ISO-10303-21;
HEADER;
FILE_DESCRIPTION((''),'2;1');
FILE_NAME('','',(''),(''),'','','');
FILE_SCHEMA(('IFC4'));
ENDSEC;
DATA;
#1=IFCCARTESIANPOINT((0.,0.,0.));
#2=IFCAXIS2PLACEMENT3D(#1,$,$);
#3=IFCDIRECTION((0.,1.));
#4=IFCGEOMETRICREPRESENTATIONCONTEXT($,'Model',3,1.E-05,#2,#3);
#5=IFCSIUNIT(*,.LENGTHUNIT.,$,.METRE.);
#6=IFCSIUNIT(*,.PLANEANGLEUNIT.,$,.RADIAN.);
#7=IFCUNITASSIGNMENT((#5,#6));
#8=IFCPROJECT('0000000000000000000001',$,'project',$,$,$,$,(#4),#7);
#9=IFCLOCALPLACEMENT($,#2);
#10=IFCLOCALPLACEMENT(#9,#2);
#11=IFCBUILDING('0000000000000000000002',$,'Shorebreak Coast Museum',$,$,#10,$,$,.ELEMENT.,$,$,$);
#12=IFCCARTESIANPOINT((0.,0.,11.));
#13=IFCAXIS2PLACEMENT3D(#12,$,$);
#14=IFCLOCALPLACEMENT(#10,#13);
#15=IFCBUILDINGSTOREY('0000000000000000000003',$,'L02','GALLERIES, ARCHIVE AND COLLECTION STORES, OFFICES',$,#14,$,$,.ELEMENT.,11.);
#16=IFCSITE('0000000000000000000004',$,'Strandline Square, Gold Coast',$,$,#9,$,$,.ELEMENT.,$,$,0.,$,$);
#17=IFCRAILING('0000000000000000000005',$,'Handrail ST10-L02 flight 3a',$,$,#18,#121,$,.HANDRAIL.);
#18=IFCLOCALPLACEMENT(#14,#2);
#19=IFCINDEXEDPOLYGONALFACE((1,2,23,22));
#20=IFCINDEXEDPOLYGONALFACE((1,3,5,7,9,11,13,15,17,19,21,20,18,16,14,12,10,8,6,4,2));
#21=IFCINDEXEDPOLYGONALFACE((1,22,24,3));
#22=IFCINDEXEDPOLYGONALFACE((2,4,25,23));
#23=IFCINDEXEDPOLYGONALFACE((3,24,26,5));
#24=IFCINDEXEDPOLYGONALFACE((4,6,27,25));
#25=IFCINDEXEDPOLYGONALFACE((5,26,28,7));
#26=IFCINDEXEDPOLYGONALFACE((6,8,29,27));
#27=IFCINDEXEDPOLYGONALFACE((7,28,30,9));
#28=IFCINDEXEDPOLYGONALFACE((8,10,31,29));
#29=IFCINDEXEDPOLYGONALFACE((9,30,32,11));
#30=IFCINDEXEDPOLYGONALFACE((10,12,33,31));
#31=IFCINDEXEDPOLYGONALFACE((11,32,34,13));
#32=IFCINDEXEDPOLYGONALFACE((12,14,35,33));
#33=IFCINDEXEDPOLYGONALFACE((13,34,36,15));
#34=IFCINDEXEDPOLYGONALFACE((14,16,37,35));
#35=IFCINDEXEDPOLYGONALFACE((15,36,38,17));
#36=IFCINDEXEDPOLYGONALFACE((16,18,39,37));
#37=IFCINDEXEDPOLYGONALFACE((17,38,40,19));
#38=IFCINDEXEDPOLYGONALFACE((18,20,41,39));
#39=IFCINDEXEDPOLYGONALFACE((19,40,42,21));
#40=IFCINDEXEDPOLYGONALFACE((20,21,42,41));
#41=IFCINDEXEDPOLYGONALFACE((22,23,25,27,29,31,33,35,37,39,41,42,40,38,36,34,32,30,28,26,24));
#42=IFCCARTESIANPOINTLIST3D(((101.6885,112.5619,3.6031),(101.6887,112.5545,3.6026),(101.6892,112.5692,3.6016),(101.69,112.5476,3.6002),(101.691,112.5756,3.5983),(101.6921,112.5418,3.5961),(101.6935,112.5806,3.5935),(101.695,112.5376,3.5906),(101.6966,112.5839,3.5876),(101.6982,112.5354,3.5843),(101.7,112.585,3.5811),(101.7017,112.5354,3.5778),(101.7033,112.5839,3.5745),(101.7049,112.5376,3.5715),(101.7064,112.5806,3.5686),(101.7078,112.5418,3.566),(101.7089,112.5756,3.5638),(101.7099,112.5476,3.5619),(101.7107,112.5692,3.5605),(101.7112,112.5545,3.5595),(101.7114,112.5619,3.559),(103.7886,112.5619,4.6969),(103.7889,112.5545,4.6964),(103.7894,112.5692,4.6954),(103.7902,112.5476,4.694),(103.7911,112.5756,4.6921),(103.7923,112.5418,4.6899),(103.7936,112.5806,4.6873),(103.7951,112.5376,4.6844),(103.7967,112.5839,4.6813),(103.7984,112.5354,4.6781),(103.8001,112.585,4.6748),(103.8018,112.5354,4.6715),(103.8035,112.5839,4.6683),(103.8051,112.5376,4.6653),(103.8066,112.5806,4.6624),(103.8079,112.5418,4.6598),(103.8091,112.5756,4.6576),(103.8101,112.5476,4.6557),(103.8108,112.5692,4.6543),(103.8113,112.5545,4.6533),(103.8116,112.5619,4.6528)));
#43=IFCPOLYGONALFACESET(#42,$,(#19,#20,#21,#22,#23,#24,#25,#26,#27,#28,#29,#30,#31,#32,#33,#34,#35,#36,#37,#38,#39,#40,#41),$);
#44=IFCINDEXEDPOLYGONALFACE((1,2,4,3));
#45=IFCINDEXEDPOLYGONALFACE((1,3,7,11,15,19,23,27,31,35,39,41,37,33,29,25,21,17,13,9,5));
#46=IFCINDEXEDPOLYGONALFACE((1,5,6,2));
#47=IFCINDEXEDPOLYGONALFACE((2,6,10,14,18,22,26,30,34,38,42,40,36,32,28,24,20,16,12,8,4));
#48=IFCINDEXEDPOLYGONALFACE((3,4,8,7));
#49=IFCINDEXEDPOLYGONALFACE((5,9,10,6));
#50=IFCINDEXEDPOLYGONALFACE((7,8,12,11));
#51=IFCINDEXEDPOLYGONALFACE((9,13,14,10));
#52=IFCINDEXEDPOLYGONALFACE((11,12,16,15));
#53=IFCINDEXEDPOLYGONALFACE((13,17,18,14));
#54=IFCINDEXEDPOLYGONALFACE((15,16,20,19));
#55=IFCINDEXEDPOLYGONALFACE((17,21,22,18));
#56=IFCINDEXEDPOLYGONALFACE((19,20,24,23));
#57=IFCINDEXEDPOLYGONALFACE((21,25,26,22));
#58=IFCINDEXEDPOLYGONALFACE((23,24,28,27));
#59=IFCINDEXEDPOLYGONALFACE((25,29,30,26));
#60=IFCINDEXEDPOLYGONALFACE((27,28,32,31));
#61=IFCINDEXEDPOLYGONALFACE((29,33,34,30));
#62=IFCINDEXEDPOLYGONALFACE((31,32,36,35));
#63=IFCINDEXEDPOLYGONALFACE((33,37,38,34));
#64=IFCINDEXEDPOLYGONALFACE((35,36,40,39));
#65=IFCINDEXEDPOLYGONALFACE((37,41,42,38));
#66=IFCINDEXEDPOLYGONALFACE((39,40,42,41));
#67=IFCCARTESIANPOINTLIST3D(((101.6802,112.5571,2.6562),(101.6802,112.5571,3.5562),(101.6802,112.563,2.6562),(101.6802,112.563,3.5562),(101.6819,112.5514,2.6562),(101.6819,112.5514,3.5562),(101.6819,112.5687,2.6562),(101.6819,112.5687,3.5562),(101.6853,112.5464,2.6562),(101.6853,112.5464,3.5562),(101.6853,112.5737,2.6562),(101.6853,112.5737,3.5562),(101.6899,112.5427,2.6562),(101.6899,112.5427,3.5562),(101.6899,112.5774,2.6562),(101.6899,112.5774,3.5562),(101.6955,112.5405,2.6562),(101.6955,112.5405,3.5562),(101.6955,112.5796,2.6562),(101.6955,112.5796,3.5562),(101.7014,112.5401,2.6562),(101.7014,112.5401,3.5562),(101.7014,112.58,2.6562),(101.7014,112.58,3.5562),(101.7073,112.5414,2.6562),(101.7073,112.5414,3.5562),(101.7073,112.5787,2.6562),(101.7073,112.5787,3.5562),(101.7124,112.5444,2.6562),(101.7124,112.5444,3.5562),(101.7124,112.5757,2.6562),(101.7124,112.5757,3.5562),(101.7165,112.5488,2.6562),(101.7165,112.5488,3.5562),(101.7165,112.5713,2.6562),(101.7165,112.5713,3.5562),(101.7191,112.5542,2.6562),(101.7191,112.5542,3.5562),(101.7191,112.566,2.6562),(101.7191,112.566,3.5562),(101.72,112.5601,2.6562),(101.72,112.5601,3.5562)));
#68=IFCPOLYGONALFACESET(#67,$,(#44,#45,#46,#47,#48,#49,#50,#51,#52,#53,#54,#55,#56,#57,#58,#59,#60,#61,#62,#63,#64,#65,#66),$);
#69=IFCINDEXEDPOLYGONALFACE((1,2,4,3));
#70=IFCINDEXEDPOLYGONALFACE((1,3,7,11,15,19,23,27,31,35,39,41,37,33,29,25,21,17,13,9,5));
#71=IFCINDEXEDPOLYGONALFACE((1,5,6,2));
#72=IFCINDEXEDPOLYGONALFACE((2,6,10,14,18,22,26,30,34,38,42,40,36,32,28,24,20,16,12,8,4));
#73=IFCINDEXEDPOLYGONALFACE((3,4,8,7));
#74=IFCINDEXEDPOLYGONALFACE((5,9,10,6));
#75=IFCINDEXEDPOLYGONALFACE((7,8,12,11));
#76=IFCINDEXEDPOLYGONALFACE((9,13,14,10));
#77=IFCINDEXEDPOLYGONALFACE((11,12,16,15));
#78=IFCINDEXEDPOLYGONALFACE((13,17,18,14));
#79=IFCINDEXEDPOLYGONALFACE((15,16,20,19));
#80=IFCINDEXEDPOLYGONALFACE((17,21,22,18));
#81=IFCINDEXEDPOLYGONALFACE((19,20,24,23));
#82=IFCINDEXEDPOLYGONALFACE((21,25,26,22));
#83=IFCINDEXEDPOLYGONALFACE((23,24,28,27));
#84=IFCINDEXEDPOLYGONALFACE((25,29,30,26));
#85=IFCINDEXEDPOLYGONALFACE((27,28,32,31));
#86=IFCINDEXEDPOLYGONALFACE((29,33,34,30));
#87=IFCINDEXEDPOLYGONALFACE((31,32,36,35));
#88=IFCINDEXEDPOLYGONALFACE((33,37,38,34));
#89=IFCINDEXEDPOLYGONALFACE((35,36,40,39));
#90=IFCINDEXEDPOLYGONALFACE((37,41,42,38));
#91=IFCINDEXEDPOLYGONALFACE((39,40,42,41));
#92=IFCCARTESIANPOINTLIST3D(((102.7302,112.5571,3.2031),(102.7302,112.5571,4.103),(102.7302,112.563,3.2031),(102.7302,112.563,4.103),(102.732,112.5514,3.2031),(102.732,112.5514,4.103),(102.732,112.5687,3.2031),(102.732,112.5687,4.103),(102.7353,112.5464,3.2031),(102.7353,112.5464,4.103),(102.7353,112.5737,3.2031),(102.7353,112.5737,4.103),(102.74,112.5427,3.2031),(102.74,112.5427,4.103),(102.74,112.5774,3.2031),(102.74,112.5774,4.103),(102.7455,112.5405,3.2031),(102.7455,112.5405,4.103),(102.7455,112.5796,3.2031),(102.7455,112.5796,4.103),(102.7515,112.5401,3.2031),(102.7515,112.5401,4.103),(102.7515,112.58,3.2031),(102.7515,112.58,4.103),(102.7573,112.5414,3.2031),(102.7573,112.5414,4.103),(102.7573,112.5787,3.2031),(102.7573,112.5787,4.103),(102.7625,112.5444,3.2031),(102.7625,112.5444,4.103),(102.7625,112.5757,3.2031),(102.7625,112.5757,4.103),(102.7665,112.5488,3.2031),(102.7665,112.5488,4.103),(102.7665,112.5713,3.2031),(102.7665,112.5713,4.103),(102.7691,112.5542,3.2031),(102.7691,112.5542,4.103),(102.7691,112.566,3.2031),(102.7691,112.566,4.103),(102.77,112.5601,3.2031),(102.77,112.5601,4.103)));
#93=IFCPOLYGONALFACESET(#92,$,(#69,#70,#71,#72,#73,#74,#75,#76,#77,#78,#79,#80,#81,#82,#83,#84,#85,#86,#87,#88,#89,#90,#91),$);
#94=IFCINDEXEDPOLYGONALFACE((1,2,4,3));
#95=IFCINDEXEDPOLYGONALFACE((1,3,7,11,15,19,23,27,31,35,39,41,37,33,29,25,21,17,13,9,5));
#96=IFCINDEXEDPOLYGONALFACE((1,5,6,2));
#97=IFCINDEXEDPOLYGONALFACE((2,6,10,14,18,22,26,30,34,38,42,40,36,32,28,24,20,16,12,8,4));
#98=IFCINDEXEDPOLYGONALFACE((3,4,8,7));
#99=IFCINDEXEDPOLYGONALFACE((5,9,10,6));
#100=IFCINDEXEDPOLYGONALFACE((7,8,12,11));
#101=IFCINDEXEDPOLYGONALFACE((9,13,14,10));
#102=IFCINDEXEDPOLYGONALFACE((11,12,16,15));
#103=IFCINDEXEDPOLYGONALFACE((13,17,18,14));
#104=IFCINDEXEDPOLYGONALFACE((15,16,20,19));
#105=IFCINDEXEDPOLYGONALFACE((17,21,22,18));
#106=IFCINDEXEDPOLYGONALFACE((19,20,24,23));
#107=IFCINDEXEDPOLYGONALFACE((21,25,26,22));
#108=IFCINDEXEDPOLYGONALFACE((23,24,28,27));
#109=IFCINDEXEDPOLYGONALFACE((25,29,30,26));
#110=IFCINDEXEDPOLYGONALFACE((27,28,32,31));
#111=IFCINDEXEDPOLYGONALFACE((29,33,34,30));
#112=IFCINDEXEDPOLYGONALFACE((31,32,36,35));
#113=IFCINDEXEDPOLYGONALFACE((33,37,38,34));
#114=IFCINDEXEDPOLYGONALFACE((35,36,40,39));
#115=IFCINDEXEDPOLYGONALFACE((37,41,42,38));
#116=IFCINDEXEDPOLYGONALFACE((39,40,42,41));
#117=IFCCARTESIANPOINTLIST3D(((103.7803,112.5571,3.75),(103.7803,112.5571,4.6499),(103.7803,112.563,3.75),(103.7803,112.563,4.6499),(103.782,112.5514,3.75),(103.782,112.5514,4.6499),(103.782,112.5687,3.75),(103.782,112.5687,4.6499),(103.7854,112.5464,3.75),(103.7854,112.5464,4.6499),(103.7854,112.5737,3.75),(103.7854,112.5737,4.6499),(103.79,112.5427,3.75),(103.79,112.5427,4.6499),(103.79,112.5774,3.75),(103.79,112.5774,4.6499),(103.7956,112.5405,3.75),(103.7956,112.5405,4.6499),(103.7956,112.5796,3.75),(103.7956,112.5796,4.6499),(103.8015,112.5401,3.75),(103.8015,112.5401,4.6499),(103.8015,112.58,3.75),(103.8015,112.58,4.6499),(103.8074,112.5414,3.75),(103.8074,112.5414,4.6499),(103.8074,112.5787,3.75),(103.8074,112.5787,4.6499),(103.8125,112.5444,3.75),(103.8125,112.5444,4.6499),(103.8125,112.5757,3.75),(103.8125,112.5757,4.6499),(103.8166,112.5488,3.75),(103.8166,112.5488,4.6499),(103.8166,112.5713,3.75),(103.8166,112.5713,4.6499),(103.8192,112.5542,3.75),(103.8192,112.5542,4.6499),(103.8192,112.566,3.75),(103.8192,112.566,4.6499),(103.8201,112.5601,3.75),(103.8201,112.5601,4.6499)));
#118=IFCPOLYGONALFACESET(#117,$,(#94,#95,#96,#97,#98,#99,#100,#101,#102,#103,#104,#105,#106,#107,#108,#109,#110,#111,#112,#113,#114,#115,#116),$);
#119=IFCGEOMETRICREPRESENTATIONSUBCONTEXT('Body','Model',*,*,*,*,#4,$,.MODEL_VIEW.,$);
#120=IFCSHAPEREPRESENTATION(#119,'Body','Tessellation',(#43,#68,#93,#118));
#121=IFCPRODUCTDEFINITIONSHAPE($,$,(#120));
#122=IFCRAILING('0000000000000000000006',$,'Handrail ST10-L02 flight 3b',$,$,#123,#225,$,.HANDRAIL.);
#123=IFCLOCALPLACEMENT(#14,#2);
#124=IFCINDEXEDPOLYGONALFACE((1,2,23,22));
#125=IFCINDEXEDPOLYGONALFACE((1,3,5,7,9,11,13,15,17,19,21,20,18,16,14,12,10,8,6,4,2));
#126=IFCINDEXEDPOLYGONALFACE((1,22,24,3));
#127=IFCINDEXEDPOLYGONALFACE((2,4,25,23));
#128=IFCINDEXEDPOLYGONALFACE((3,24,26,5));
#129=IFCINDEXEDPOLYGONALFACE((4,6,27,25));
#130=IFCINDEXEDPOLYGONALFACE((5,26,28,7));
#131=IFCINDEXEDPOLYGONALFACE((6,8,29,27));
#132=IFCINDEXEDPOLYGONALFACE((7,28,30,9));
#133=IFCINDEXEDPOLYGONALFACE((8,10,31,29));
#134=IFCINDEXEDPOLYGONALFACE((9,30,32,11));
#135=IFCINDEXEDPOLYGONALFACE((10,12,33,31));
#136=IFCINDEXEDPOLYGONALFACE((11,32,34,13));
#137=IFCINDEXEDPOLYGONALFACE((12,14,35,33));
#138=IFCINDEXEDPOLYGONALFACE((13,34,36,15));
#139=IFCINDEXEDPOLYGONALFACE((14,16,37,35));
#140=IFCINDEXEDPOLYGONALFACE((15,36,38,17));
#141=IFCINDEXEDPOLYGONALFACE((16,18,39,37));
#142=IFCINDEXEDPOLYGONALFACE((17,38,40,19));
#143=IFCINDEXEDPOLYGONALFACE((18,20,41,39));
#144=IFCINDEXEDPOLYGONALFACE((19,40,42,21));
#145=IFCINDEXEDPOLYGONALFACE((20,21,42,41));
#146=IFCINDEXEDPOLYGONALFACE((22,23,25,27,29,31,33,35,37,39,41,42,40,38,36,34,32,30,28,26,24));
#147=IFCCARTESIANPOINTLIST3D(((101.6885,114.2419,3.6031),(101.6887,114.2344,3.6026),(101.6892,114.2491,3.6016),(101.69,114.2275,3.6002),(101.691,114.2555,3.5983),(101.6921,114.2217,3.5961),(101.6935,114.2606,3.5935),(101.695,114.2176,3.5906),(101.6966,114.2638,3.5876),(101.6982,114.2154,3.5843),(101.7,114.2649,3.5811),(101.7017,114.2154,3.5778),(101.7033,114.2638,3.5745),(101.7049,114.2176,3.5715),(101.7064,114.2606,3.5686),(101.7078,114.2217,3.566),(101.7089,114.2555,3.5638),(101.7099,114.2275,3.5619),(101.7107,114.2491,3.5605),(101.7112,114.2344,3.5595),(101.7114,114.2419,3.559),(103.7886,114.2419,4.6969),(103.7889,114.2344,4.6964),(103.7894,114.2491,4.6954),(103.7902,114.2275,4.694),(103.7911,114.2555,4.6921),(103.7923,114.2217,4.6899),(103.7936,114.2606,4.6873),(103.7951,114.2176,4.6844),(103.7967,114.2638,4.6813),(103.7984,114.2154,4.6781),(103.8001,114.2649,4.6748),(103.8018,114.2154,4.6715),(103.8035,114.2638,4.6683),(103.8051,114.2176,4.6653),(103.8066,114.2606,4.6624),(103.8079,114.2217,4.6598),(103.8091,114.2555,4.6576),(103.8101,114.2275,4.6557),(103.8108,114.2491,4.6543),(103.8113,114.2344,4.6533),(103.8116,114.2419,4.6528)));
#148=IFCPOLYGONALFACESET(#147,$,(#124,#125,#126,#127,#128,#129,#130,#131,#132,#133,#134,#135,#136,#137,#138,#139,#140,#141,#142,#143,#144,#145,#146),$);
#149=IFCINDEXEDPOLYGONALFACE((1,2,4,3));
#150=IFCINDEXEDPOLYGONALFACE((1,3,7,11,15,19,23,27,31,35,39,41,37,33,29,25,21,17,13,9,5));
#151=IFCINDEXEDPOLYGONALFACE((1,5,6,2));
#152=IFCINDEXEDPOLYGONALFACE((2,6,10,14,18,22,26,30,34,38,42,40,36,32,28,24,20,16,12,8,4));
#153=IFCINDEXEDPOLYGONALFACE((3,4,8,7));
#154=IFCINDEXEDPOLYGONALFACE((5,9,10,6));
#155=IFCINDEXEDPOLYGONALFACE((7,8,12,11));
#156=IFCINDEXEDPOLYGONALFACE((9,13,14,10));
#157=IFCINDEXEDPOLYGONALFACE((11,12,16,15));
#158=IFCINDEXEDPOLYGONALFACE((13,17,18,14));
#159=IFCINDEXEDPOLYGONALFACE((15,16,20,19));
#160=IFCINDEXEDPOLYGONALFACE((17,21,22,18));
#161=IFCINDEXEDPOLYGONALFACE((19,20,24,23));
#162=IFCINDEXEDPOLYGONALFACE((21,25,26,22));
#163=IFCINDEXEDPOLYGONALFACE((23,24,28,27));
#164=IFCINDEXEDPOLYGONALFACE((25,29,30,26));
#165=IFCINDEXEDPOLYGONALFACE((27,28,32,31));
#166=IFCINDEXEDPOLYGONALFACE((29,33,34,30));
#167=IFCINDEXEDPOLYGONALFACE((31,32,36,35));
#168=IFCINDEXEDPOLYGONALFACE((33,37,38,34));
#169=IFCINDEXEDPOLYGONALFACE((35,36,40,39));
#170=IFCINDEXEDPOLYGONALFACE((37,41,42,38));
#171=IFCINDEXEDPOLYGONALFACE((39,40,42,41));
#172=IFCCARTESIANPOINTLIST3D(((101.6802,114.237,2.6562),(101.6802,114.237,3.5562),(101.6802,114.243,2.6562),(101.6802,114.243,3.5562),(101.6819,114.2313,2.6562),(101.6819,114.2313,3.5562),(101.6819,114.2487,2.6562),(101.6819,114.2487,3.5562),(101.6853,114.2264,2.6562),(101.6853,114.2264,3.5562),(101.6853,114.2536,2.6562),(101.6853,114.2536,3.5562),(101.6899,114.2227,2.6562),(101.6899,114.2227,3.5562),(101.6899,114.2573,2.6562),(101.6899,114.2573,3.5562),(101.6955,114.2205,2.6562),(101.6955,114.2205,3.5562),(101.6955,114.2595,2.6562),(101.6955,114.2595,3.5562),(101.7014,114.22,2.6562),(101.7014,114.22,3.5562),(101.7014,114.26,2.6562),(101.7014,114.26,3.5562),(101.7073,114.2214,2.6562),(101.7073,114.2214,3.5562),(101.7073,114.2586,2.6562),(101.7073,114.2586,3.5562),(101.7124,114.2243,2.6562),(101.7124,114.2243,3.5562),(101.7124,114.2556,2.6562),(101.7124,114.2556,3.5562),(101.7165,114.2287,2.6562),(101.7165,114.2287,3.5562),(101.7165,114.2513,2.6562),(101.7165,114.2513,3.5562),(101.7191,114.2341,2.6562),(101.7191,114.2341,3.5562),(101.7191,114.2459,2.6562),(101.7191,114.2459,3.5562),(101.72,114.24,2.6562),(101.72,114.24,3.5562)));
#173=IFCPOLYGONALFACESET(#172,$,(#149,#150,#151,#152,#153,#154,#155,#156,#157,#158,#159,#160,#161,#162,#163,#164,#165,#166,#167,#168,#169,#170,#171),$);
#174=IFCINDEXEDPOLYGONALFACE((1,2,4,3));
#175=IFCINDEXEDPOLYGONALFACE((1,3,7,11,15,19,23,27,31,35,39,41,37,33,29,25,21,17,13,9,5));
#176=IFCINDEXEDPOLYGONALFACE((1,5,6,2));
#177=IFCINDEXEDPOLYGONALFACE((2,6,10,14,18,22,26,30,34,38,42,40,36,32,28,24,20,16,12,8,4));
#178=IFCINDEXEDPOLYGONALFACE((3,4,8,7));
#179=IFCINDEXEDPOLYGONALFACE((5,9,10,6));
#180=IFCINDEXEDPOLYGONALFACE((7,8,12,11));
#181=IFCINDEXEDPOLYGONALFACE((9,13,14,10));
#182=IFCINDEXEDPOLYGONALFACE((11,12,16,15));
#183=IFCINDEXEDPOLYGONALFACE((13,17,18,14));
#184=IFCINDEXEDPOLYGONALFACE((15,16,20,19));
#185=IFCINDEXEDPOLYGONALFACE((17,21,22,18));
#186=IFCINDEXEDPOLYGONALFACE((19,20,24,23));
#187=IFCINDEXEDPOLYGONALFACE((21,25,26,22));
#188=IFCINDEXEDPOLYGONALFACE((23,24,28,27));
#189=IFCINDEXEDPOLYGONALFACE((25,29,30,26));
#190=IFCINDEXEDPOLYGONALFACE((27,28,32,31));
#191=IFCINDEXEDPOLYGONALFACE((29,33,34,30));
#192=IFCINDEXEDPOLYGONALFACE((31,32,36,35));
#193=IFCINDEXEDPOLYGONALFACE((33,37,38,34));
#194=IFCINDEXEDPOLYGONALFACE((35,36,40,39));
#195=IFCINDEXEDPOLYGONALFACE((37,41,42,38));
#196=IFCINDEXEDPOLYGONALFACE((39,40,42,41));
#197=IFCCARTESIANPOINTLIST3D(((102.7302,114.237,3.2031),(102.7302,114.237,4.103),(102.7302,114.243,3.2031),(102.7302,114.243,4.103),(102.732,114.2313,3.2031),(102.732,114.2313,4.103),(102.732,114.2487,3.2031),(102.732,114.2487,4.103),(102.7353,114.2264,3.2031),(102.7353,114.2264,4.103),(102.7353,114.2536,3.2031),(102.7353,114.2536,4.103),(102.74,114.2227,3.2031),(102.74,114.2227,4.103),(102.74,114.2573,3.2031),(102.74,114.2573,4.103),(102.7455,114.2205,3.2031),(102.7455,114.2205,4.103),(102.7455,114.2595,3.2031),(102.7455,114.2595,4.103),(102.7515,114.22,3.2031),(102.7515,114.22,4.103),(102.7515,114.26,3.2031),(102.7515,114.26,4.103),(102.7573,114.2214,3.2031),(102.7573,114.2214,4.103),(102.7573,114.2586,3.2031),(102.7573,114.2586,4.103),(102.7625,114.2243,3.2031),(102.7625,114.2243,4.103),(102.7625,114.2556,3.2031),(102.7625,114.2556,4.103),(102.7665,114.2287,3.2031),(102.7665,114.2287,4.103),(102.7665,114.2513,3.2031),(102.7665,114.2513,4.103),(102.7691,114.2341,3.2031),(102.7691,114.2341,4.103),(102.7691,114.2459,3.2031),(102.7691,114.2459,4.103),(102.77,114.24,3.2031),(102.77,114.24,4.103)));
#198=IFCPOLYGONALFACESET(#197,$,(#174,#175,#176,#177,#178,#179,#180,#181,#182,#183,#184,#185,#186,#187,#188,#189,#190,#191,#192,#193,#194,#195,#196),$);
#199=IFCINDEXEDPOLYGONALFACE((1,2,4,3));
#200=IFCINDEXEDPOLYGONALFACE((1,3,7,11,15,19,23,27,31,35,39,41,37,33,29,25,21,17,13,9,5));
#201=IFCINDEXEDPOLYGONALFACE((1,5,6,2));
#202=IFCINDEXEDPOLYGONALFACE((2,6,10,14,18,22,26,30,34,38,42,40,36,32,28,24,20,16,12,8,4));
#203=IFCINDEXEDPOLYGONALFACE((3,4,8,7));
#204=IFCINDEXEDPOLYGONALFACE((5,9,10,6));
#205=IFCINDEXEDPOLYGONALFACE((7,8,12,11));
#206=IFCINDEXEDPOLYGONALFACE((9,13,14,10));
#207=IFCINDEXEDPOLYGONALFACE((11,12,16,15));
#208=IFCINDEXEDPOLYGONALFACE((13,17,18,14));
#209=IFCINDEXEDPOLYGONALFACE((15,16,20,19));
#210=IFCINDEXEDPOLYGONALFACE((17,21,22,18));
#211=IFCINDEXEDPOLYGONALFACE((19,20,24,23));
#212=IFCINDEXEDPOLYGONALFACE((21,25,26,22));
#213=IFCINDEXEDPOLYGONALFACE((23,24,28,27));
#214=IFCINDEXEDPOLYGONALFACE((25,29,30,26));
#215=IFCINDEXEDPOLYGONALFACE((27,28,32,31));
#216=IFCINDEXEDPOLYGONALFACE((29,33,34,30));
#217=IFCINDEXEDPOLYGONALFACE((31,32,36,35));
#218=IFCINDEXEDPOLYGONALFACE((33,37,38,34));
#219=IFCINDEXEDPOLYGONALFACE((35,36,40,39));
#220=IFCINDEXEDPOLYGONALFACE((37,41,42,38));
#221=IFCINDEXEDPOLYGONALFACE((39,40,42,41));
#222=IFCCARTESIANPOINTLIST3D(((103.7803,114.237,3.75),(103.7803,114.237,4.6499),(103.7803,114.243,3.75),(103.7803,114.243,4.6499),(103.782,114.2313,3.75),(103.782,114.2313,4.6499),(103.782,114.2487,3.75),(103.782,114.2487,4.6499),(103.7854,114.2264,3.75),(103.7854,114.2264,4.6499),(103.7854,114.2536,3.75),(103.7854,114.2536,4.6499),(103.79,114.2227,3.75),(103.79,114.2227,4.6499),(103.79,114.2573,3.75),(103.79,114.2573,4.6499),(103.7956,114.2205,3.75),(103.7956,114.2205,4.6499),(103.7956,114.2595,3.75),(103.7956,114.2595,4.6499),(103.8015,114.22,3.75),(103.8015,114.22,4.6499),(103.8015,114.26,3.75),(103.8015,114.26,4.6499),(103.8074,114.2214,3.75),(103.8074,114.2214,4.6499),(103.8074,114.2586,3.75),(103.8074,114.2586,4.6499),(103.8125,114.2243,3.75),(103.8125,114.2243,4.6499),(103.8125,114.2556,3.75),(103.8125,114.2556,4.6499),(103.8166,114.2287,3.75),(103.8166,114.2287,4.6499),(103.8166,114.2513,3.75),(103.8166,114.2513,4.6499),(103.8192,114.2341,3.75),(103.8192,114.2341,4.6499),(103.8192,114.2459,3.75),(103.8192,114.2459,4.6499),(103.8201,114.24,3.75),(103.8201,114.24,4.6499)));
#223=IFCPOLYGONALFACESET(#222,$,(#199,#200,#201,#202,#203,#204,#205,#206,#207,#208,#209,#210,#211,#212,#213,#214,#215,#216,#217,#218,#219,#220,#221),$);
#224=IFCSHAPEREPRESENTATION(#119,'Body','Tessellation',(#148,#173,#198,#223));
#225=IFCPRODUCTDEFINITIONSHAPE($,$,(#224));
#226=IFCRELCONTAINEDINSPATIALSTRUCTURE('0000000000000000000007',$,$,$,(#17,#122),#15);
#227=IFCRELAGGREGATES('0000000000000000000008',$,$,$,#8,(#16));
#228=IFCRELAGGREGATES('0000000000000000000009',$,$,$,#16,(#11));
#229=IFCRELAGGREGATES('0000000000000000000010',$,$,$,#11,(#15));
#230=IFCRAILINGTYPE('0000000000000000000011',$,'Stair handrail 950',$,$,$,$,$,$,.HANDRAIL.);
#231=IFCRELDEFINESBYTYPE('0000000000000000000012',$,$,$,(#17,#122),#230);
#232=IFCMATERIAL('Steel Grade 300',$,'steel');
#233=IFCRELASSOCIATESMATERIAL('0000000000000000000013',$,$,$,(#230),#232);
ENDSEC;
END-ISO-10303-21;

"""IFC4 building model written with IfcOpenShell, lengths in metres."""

from ifc_helpers import new_model, si_unit, direction, frame, origin, origin_2d, place, context, subcontext, project, spatial, circle, extrude, material, type_object, element, save


model = new_model("IFC4")

# Units and contexts
model_context = context("Model", 3, precision=1e-05, world=origin(), true_north=direction((0.0, 1.0)))
body_context = subcontext(model_context, "Body", "Model", "MODEL_VIEW")
ifc_project = project(units=[si_unit("LENGTHUNIT", "METRE"), si_unit("PLANEANGLEUNIT", "RADIAN")], contexts=[model_context])

# Site, building, storey
site_placement = place(None, origin())
site = spatial("IfcSite", under=ifc_project, at=site_placement, Name="Strandline Square, Gold Coast", CompositionType="ELEMENT", RefElevation=0.0)
building_placement = place(site_placement, origin())
building = spatial("IfcBuilding", under=site, at=building_placement, Name="Shorebreak Coast Museum", CompositionType="ELEMENT")
storey_placement = place(building_placement, frame((0.0, 0.0, 11.0)))
storey = spatial("IfcBuildingStorey", under=building, at=storey_placement, Name="L02", Description="GALLERIES, ARCHIVE AND COLLECTION STORES, OFFICES", CompositionType="ELEMENT", Elevation=11.0)

# Railings
ifc_material_1 = material(Name="Steel Grade 300", Category="steel")
railing_type_1 = type_object("IfcRailingType", Name="Stair handrail 950", PredefinedType="HANDRAIL", material=ifc_material_1)
for number, where, name in (
    (1, (101.7, 112.5601, 2.6562), "Handrail ST10-L02 flight 3a"),
    (2, (101.7, 114.24, 2.6562), "Handrail ST10-L02 flight 3b"),
):
    element("IfcRailing", number, at=place(storey_placement, frame(where)), inside=storey, type_object=railing_type_1, Name=name, PredefinedType="HANDRAIL", context=body_context, shape_type="SweptSolid", body=[
        extrude(circle(Radius=0.0249, at=origin_2d()), frame((0.0, 0.0, 0.9248), z_axis=(0.886923, 0.0, 0.461918), x_axis=(0.0, 1.0, 0.0)), (0.0, 0.0, 1.0), 2.3679),
        extrude(circle(Radius=0.02, at=origin_2d()), origin(), (0.0, 0.0, 1.0), 0.8999),
        extrude(circle(Radius=0.02, at=origin_2d()), frame((1.05, 0.0, 0.5469)), (0.0, 0.0, 1.0), 0.8999),
        extrude(circle(Radius=0.02, at=origin_2d()), frame((2.1001, 0.0, 1.0938)), (0.0, 0.0, 1.0), 0.8999),
    ])

save(model, "model.ifc")
